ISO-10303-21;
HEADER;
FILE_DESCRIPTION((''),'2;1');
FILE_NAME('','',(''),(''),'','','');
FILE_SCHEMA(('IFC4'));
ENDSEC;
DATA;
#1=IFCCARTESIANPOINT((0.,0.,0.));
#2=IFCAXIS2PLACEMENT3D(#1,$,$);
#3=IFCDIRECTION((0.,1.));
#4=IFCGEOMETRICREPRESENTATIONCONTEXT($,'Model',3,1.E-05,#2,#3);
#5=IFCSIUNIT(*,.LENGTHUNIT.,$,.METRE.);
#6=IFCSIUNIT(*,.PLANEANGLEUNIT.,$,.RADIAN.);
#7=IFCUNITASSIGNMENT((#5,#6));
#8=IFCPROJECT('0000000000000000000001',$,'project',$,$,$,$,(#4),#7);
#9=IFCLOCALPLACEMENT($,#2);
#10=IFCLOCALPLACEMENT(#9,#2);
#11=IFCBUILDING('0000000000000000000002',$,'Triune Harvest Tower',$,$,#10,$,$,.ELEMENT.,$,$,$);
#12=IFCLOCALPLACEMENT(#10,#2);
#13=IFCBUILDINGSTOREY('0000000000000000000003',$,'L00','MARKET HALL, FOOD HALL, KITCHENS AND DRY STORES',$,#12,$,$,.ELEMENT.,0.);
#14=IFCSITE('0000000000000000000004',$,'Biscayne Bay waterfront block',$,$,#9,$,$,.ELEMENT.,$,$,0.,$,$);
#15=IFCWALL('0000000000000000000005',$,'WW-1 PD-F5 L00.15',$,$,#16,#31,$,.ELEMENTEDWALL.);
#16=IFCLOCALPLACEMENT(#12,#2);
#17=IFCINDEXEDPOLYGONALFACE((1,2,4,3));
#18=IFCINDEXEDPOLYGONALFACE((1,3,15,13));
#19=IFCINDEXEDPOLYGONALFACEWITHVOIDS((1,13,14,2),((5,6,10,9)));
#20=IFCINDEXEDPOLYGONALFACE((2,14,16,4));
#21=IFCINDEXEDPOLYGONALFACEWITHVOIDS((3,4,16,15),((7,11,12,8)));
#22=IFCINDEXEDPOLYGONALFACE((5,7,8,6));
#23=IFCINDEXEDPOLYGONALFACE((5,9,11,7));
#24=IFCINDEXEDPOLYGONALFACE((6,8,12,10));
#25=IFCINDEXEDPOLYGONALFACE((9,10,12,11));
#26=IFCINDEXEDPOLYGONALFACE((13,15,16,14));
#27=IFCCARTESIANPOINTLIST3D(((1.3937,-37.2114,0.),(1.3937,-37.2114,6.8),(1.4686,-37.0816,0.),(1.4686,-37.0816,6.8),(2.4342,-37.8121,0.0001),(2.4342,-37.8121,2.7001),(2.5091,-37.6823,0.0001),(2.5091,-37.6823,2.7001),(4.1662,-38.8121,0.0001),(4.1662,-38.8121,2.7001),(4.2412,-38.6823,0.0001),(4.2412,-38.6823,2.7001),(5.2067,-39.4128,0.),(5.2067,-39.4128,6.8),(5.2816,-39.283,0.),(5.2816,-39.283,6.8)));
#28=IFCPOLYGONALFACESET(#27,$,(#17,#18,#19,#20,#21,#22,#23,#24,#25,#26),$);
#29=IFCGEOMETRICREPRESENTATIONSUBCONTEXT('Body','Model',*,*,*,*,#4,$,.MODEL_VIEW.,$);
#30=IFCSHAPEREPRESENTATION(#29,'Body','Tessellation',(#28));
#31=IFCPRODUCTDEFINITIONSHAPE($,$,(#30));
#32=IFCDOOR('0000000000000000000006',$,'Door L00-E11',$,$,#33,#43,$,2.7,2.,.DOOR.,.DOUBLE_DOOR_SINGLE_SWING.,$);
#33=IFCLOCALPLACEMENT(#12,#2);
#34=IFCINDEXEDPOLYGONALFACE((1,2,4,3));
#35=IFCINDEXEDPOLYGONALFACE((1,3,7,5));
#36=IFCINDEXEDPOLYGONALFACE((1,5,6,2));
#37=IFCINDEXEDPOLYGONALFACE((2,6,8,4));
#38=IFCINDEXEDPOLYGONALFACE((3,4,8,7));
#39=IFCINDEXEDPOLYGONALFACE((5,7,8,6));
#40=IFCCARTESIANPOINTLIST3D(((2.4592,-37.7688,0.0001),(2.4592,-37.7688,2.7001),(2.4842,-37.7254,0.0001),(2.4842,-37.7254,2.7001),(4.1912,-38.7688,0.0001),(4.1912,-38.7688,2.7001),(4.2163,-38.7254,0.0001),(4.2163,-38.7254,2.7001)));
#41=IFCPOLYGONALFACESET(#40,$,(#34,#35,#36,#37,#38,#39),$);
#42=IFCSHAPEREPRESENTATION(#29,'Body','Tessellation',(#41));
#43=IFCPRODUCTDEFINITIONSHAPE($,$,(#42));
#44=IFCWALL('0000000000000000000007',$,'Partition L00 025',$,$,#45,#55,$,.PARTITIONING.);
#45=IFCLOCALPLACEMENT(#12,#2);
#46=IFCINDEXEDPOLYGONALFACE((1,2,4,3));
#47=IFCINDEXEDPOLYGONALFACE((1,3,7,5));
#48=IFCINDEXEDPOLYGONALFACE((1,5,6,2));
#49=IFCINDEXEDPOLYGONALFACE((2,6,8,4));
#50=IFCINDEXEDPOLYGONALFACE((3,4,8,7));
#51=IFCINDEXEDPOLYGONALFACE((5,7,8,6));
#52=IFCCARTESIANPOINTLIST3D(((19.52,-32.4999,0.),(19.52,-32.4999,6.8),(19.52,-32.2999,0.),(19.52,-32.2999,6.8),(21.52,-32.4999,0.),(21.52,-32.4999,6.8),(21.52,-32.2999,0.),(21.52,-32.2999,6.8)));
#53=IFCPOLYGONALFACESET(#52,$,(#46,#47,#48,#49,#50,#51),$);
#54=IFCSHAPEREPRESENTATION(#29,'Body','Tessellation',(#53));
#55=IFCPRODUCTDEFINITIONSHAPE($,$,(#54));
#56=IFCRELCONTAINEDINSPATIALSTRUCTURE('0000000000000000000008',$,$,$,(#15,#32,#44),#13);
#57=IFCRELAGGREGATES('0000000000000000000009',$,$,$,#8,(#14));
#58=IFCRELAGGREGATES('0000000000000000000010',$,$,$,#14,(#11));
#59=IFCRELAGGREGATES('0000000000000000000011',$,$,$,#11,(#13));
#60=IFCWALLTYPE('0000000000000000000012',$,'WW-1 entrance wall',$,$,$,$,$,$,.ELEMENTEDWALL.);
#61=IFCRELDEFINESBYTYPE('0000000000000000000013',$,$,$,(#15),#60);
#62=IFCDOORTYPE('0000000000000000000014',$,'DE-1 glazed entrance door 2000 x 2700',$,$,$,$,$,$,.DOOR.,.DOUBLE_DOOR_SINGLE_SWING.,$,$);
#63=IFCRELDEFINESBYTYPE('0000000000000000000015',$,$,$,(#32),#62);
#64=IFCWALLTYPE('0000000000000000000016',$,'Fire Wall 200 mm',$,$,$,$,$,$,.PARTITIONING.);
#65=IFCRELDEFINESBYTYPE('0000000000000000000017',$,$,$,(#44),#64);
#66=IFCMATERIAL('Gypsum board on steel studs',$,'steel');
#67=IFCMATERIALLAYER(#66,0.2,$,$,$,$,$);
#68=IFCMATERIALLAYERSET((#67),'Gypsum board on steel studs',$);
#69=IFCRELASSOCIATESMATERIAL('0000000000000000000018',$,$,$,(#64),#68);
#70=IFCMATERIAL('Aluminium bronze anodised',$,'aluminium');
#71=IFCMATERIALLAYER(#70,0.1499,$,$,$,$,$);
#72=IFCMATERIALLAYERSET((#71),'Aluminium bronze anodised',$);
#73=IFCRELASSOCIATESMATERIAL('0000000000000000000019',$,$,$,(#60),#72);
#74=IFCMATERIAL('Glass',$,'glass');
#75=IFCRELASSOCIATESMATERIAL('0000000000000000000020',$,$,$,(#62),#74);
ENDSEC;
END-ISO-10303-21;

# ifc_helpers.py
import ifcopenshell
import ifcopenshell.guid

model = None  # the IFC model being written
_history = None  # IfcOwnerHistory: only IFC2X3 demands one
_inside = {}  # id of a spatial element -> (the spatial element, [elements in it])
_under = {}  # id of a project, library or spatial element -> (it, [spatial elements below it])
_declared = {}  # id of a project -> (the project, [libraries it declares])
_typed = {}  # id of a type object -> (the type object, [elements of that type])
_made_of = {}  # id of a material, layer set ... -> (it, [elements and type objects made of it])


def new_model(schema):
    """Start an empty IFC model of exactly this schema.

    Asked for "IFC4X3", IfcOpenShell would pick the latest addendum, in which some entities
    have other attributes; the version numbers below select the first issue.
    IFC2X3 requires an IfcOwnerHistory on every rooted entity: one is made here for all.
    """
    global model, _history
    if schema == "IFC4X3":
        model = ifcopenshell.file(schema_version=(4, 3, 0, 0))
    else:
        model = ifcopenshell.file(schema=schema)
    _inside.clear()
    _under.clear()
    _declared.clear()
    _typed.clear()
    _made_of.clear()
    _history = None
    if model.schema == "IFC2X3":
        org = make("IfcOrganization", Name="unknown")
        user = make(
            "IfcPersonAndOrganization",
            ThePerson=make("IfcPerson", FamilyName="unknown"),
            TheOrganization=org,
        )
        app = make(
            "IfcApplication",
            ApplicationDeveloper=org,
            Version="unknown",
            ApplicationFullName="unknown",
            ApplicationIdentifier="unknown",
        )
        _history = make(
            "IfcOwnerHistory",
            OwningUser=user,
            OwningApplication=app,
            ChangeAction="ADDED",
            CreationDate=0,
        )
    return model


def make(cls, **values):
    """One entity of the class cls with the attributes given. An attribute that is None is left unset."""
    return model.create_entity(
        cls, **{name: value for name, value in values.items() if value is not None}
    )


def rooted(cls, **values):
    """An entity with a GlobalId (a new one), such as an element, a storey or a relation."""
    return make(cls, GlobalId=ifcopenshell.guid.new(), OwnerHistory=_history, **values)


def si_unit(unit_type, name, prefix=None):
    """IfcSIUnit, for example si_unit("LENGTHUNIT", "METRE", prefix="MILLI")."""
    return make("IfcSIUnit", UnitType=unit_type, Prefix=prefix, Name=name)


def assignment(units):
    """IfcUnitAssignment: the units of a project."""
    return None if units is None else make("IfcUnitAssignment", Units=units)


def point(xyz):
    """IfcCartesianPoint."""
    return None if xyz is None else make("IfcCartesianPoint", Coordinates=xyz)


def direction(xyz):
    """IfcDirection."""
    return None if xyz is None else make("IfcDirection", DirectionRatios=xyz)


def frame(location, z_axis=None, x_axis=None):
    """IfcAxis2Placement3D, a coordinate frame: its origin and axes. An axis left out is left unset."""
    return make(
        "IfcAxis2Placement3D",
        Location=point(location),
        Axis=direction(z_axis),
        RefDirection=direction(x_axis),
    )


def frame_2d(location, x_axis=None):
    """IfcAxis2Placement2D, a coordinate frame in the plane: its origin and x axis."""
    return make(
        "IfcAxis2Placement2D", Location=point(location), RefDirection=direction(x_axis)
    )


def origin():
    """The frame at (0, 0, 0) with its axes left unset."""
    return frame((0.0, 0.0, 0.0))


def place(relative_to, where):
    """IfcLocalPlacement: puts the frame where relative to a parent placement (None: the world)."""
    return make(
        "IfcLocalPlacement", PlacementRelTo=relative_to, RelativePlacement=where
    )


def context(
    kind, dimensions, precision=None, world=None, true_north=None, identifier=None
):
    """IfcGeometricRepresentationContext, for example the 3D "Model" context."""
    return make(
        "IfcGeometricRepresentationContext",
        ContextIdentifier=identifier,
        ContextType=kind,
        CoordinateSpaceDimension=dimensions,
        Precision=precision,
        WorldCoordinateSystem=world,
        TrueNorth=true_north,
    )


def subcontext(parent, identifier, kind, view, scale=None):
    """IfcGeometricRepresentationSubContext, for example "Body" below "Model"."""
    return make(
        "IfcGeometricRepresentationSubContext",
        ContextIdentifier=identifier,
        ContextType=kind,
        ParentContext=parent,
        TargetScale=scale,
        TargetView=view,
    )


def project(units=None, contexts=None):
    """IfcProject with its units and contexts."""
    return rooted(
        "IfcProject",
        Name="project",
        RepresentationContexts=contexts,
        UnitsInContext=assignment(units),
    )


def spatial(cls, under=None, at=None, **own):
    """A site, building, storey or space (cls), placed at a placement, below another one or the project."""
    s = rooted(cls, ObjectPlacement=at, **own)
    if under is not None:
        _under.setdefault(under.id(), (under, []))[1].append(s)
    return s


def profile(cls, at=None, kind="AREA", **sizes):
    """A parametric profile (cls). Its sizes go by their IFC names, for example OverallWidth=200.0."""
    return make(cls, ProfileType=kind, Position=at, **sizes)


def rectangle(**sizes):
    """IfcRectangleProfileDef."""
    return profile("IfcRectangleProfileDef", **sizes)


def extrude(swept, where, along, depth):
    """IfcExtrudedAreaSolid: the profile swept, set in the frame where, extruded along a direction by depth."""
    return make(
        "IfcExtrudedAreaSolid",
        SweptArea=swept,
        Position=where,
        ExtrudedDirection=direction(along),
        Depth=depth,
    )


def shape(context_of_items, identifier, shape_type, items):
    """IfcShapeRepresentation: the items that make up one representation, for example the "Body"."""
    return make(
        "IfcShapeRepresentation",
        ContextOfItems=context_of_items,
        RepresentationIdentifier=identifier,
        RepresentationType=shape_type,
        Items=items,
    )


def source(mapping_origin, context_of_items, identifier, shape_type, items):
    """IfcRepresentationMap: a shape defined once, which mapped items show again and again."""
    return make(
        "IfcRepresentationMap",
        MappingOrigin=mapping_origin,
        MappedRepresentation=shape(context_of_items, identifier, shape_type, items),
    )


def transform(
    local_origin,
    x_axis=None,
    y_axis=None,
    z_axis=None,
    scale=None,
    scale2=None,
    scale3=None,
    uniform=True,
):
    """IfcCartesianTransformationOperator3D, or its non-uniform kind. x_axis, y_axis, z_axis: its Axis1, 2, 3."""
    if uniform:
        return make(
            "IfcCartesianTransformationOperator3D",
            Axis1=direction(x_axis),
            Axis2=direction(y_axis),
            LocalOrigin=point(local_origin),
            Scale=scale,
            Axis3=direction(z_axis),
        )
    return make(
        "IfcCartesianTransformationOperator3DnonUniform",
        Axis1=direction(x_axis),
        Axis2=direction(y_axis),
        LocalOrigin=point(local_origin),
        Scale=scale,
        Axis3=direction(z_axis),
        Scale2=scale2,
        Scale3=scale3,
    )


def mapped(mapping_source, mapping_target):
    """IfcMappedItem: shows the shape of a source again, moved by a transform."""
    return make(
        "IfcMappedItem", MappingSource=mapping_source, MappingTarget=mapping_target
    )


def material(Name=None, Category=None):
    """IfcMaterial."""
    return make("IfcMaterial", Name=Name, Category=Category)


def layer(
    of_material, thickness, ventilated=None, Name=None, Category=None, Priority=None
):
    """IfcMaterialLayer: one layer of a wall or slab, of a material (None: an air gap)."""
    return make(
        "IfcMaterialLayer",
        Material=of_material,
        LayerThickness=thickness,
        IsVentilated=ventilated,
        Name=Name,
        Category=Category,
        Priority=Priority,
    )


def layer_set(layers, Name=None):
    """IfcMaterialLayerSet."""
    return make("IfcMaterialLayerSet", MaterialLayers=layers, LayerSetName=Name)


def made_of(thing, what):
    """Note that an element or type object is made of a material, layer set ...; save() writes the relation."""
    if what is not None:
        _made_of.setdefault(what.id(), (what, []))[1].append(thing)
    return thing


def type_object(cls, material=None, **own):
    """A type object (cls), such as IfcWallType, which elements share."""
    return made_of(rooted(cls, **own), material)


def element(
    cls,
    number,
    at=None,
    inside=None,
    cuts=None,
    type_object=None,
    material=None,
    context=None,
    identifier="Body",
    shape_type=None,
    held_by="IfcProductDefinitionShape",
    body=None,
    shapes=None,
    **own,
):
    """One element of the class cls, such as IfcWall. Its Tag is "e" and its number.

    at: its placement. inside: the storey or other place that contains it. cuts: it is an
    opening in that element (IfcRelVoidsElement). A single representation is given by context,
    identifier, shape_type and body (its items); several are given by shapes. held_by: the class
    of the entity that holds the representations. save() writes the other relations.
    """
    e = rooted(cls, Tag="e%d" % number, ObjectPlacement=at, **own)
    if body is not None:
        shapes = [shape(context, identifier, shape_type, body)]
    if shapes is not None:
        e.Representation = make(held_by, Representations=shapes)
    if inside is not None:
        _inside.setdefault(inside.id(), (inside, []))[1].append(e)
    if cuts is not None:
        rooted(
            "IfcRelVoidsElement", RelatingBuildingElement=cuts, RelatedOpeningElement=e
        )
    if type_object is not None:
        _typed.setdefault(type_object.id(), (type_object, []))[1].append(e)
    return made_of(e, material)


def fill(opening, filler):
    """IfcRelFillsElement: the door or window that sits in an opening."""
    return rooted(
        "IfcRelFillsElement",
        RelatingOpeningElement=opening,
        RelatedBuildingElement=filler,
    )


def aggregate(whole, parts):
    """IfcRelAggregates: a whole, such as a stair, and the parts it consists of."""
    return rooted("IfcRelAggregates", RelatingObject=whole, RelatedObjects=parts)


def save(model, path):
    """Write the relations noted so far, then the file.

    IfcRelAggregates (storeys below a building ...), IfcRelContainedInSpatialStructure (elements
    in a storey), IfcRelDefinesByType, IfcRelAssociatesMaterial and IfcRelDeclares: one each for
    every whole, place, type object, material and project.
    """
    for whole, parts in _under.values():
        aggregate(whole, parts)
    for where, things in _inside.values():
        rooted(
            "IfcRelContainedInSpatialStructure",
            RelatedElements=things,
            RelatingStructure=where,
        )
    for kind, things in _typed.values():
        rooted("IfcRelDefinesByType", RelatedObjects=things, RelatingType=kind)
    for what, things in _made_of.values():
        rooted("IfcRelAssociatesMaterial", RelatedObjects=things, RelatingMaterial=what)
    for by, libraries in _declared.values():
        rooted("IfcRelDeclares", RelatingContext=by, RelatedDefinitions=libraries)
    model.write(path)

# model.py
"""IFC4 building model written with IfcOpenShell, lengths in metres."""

from ifc_helpers import new_model, si_unit, direction, frame, frame_2d, origin, place, context, subcontext, project, spatial, rectangle, extrude, source, transform, mapped, material, layer, layer_set, type_object, element, fill, save


model = new_model("IFC4")

# Units and contexts
model_context = context("Model", 3, precision=1e-05, world=origin(), true_north=direction((0.0, 1.0)))
body_context = subcontext(model_context, "Body", "Model", "MODEL_VIEW")
ifc_project = project(units=[si_unit("LENGTHUNIT", "METRE"), si_unit("PLANEANGLEUNIT", "RADIAN")], contexts=[model_context])

# Site, building, storey
site_placement = place(None, origin())
site = spatial("IfcSite", under=ifc_project, at=site_placement, Name="Biscayne Bay waterfront block", CompositionType="ELEMENT", RefElevation=0.0)
building_placement = place(site_placement, origin())
building = spatial("IfcBuilding", under=site, at=building_placement, Name="Triune Harvest Tower", CompositionType="ELEMENT")
storey_placement = place(building_placement, origin())
storey = spatial("IfcBuildingStorey", under=building, at=storey_placement, Name="L00", Description="MARKET HALL, FOOD HALL, KITCHENS AND DRY STORES", CompositionType="ELEMENT", Elevation=0.0)

# Shared definitions
ifc_material_1 = material(Name="Gypsum board on steel studs", Category="steel")
ifc_layer_1 = layer(ifc_material_1, 0.2)
ifc_layer_set_1 = layer_set([ifc_layer_1], Name="Gypsum board on steel studs")
wall_type_1 = type_object("IfcWallType", Name="Fire Wall 200 mm", PredefinedType="PARTITIONING", material=ifc_layer_set_1)

# Wall, opening, door
ifc_material_2 = material(Name="Aluminium bronze anodised", Category="aluminium")
ifc_layer_2 = layer(ifc_material_2, 0.1499)
ifc_layer_set_2 = layer_set([ifc_layer_2], Name="Aluminium bronze anodised")
wall_type_2 = type_object("IfcWallType", Name="WW-1 entrance wall", PredefinedType="ELEMENTEDWALL", material=ifc_layer_set_2)
shared_shape_1 = source(origin(), body_context, "Body", "SweptSolid", [
    extrude(rectangle(XDim=4.4028, YDim=0.1499, at=frame_2d((2.2014, 0.0))), origin(), (0.0, 0.0, 1.0), 6.8),
])
wall_1_placement = place(storey_placement, frame((5.2441, -39.3479, 0.0), z_axis=(0.0, 0.0, 1.0), x_axis=(-0.866027, 0.499998, 0.0)))
wall_1 = element("IfcWall", 1, at=wall_1_placement, inside=storey, type_object=wall_type_2, Name="WW-1 PD-F5 L00.15", PredefinedType="ELEMENTEDWALL", context=body_context, shape_type="MappedRepresentation", body=[
    mapped(shared_shape_1, transform((0.0, 0.0, 0.0), scale=1.0)),
])
opening_1_placement = place(wall_1_placement, frame((1.2014, 0.0, 0.0)))
opening_1 = element("IfcOpeningElement", 2, at=opening_1_placement, cuts=wall_1, PredefinedType="OPENING", context=body_context, shape_type="SweptSolid", body=[
    extrude(rectangle(XDim=2.0, YDim=2.7, at=frame_2d((1.0, 1.3501))), frame((0.0, 0.085, 0.0), z_axis=(0.0, -1.0, 0.0), x_axis=(1.0, 0.0, 0.0)), (0.0, 0.0, 1.0), 0.1699),
])
ifc_material_3 = material(Name="Glass", Category="glass")
door_type_1 = type_object("IfcDoorType", Name="DE-1 glazed entrance door 2000 x 2700", OperationType="DOUBLE_DOOR_SINGLE_SWING", PredefinedType="DOOR", material=ifc_material_3)
door_1_placement = place(opening_1_placement, origin())
door_1 = element("IfcDoor", 3, at=door_1_placement, inside=storey, type_object=door_type_1, Name="Door L00-E11", OperationType="DOUBLE_DOOR_SINGLE_SWING", OverallHeight=2.7, OverallWidth=2.0, PredefinedType="DOOR", context=body_context, shape_type="SweptSolid", body=[
    extrude(rectangle(XDim=2.0, YDim=2.7, at=frame_2d((1.0, 1.3501))), frame((0.0, 0.0249, 0.0), z_axis=(0.0, -1.0, 0.0), x_axis=(1.0, 0.0, 0.0)), (0.0, 0.0, 1.0), 0.05),
])
fill(opening_1, door_1)

# Wall
shared_shape_2 = source(origin(), body_context, "Body", "SweptSolid", [
    extrude(rectangle(XDim=2.0, YDim=0.2, at=frame_2d((1.0, 0.0))), origin(), (0.0, 0.0, 1.0), 6.8),
])
wall_2_placement = place(storey_placement, frame((19.52, -32.3999, 0.0), z_axis=(0.0, 0.0, 1.0), x_axis=(1.0, 0.0, 0.0)))
element("IfcWall", 4, at=wall_2_placement, inside=storey, type_object=wall_type_1, Name="Partition L00 025", PredefinedType="PARTITIONING", context=body_context, shape_type="MappedRepresentation", body=[
    mapped(shared_shape_2, transform((0.0, 0.0, 0.0), scale=1.0)),
])

save(model, "model.ifc")
